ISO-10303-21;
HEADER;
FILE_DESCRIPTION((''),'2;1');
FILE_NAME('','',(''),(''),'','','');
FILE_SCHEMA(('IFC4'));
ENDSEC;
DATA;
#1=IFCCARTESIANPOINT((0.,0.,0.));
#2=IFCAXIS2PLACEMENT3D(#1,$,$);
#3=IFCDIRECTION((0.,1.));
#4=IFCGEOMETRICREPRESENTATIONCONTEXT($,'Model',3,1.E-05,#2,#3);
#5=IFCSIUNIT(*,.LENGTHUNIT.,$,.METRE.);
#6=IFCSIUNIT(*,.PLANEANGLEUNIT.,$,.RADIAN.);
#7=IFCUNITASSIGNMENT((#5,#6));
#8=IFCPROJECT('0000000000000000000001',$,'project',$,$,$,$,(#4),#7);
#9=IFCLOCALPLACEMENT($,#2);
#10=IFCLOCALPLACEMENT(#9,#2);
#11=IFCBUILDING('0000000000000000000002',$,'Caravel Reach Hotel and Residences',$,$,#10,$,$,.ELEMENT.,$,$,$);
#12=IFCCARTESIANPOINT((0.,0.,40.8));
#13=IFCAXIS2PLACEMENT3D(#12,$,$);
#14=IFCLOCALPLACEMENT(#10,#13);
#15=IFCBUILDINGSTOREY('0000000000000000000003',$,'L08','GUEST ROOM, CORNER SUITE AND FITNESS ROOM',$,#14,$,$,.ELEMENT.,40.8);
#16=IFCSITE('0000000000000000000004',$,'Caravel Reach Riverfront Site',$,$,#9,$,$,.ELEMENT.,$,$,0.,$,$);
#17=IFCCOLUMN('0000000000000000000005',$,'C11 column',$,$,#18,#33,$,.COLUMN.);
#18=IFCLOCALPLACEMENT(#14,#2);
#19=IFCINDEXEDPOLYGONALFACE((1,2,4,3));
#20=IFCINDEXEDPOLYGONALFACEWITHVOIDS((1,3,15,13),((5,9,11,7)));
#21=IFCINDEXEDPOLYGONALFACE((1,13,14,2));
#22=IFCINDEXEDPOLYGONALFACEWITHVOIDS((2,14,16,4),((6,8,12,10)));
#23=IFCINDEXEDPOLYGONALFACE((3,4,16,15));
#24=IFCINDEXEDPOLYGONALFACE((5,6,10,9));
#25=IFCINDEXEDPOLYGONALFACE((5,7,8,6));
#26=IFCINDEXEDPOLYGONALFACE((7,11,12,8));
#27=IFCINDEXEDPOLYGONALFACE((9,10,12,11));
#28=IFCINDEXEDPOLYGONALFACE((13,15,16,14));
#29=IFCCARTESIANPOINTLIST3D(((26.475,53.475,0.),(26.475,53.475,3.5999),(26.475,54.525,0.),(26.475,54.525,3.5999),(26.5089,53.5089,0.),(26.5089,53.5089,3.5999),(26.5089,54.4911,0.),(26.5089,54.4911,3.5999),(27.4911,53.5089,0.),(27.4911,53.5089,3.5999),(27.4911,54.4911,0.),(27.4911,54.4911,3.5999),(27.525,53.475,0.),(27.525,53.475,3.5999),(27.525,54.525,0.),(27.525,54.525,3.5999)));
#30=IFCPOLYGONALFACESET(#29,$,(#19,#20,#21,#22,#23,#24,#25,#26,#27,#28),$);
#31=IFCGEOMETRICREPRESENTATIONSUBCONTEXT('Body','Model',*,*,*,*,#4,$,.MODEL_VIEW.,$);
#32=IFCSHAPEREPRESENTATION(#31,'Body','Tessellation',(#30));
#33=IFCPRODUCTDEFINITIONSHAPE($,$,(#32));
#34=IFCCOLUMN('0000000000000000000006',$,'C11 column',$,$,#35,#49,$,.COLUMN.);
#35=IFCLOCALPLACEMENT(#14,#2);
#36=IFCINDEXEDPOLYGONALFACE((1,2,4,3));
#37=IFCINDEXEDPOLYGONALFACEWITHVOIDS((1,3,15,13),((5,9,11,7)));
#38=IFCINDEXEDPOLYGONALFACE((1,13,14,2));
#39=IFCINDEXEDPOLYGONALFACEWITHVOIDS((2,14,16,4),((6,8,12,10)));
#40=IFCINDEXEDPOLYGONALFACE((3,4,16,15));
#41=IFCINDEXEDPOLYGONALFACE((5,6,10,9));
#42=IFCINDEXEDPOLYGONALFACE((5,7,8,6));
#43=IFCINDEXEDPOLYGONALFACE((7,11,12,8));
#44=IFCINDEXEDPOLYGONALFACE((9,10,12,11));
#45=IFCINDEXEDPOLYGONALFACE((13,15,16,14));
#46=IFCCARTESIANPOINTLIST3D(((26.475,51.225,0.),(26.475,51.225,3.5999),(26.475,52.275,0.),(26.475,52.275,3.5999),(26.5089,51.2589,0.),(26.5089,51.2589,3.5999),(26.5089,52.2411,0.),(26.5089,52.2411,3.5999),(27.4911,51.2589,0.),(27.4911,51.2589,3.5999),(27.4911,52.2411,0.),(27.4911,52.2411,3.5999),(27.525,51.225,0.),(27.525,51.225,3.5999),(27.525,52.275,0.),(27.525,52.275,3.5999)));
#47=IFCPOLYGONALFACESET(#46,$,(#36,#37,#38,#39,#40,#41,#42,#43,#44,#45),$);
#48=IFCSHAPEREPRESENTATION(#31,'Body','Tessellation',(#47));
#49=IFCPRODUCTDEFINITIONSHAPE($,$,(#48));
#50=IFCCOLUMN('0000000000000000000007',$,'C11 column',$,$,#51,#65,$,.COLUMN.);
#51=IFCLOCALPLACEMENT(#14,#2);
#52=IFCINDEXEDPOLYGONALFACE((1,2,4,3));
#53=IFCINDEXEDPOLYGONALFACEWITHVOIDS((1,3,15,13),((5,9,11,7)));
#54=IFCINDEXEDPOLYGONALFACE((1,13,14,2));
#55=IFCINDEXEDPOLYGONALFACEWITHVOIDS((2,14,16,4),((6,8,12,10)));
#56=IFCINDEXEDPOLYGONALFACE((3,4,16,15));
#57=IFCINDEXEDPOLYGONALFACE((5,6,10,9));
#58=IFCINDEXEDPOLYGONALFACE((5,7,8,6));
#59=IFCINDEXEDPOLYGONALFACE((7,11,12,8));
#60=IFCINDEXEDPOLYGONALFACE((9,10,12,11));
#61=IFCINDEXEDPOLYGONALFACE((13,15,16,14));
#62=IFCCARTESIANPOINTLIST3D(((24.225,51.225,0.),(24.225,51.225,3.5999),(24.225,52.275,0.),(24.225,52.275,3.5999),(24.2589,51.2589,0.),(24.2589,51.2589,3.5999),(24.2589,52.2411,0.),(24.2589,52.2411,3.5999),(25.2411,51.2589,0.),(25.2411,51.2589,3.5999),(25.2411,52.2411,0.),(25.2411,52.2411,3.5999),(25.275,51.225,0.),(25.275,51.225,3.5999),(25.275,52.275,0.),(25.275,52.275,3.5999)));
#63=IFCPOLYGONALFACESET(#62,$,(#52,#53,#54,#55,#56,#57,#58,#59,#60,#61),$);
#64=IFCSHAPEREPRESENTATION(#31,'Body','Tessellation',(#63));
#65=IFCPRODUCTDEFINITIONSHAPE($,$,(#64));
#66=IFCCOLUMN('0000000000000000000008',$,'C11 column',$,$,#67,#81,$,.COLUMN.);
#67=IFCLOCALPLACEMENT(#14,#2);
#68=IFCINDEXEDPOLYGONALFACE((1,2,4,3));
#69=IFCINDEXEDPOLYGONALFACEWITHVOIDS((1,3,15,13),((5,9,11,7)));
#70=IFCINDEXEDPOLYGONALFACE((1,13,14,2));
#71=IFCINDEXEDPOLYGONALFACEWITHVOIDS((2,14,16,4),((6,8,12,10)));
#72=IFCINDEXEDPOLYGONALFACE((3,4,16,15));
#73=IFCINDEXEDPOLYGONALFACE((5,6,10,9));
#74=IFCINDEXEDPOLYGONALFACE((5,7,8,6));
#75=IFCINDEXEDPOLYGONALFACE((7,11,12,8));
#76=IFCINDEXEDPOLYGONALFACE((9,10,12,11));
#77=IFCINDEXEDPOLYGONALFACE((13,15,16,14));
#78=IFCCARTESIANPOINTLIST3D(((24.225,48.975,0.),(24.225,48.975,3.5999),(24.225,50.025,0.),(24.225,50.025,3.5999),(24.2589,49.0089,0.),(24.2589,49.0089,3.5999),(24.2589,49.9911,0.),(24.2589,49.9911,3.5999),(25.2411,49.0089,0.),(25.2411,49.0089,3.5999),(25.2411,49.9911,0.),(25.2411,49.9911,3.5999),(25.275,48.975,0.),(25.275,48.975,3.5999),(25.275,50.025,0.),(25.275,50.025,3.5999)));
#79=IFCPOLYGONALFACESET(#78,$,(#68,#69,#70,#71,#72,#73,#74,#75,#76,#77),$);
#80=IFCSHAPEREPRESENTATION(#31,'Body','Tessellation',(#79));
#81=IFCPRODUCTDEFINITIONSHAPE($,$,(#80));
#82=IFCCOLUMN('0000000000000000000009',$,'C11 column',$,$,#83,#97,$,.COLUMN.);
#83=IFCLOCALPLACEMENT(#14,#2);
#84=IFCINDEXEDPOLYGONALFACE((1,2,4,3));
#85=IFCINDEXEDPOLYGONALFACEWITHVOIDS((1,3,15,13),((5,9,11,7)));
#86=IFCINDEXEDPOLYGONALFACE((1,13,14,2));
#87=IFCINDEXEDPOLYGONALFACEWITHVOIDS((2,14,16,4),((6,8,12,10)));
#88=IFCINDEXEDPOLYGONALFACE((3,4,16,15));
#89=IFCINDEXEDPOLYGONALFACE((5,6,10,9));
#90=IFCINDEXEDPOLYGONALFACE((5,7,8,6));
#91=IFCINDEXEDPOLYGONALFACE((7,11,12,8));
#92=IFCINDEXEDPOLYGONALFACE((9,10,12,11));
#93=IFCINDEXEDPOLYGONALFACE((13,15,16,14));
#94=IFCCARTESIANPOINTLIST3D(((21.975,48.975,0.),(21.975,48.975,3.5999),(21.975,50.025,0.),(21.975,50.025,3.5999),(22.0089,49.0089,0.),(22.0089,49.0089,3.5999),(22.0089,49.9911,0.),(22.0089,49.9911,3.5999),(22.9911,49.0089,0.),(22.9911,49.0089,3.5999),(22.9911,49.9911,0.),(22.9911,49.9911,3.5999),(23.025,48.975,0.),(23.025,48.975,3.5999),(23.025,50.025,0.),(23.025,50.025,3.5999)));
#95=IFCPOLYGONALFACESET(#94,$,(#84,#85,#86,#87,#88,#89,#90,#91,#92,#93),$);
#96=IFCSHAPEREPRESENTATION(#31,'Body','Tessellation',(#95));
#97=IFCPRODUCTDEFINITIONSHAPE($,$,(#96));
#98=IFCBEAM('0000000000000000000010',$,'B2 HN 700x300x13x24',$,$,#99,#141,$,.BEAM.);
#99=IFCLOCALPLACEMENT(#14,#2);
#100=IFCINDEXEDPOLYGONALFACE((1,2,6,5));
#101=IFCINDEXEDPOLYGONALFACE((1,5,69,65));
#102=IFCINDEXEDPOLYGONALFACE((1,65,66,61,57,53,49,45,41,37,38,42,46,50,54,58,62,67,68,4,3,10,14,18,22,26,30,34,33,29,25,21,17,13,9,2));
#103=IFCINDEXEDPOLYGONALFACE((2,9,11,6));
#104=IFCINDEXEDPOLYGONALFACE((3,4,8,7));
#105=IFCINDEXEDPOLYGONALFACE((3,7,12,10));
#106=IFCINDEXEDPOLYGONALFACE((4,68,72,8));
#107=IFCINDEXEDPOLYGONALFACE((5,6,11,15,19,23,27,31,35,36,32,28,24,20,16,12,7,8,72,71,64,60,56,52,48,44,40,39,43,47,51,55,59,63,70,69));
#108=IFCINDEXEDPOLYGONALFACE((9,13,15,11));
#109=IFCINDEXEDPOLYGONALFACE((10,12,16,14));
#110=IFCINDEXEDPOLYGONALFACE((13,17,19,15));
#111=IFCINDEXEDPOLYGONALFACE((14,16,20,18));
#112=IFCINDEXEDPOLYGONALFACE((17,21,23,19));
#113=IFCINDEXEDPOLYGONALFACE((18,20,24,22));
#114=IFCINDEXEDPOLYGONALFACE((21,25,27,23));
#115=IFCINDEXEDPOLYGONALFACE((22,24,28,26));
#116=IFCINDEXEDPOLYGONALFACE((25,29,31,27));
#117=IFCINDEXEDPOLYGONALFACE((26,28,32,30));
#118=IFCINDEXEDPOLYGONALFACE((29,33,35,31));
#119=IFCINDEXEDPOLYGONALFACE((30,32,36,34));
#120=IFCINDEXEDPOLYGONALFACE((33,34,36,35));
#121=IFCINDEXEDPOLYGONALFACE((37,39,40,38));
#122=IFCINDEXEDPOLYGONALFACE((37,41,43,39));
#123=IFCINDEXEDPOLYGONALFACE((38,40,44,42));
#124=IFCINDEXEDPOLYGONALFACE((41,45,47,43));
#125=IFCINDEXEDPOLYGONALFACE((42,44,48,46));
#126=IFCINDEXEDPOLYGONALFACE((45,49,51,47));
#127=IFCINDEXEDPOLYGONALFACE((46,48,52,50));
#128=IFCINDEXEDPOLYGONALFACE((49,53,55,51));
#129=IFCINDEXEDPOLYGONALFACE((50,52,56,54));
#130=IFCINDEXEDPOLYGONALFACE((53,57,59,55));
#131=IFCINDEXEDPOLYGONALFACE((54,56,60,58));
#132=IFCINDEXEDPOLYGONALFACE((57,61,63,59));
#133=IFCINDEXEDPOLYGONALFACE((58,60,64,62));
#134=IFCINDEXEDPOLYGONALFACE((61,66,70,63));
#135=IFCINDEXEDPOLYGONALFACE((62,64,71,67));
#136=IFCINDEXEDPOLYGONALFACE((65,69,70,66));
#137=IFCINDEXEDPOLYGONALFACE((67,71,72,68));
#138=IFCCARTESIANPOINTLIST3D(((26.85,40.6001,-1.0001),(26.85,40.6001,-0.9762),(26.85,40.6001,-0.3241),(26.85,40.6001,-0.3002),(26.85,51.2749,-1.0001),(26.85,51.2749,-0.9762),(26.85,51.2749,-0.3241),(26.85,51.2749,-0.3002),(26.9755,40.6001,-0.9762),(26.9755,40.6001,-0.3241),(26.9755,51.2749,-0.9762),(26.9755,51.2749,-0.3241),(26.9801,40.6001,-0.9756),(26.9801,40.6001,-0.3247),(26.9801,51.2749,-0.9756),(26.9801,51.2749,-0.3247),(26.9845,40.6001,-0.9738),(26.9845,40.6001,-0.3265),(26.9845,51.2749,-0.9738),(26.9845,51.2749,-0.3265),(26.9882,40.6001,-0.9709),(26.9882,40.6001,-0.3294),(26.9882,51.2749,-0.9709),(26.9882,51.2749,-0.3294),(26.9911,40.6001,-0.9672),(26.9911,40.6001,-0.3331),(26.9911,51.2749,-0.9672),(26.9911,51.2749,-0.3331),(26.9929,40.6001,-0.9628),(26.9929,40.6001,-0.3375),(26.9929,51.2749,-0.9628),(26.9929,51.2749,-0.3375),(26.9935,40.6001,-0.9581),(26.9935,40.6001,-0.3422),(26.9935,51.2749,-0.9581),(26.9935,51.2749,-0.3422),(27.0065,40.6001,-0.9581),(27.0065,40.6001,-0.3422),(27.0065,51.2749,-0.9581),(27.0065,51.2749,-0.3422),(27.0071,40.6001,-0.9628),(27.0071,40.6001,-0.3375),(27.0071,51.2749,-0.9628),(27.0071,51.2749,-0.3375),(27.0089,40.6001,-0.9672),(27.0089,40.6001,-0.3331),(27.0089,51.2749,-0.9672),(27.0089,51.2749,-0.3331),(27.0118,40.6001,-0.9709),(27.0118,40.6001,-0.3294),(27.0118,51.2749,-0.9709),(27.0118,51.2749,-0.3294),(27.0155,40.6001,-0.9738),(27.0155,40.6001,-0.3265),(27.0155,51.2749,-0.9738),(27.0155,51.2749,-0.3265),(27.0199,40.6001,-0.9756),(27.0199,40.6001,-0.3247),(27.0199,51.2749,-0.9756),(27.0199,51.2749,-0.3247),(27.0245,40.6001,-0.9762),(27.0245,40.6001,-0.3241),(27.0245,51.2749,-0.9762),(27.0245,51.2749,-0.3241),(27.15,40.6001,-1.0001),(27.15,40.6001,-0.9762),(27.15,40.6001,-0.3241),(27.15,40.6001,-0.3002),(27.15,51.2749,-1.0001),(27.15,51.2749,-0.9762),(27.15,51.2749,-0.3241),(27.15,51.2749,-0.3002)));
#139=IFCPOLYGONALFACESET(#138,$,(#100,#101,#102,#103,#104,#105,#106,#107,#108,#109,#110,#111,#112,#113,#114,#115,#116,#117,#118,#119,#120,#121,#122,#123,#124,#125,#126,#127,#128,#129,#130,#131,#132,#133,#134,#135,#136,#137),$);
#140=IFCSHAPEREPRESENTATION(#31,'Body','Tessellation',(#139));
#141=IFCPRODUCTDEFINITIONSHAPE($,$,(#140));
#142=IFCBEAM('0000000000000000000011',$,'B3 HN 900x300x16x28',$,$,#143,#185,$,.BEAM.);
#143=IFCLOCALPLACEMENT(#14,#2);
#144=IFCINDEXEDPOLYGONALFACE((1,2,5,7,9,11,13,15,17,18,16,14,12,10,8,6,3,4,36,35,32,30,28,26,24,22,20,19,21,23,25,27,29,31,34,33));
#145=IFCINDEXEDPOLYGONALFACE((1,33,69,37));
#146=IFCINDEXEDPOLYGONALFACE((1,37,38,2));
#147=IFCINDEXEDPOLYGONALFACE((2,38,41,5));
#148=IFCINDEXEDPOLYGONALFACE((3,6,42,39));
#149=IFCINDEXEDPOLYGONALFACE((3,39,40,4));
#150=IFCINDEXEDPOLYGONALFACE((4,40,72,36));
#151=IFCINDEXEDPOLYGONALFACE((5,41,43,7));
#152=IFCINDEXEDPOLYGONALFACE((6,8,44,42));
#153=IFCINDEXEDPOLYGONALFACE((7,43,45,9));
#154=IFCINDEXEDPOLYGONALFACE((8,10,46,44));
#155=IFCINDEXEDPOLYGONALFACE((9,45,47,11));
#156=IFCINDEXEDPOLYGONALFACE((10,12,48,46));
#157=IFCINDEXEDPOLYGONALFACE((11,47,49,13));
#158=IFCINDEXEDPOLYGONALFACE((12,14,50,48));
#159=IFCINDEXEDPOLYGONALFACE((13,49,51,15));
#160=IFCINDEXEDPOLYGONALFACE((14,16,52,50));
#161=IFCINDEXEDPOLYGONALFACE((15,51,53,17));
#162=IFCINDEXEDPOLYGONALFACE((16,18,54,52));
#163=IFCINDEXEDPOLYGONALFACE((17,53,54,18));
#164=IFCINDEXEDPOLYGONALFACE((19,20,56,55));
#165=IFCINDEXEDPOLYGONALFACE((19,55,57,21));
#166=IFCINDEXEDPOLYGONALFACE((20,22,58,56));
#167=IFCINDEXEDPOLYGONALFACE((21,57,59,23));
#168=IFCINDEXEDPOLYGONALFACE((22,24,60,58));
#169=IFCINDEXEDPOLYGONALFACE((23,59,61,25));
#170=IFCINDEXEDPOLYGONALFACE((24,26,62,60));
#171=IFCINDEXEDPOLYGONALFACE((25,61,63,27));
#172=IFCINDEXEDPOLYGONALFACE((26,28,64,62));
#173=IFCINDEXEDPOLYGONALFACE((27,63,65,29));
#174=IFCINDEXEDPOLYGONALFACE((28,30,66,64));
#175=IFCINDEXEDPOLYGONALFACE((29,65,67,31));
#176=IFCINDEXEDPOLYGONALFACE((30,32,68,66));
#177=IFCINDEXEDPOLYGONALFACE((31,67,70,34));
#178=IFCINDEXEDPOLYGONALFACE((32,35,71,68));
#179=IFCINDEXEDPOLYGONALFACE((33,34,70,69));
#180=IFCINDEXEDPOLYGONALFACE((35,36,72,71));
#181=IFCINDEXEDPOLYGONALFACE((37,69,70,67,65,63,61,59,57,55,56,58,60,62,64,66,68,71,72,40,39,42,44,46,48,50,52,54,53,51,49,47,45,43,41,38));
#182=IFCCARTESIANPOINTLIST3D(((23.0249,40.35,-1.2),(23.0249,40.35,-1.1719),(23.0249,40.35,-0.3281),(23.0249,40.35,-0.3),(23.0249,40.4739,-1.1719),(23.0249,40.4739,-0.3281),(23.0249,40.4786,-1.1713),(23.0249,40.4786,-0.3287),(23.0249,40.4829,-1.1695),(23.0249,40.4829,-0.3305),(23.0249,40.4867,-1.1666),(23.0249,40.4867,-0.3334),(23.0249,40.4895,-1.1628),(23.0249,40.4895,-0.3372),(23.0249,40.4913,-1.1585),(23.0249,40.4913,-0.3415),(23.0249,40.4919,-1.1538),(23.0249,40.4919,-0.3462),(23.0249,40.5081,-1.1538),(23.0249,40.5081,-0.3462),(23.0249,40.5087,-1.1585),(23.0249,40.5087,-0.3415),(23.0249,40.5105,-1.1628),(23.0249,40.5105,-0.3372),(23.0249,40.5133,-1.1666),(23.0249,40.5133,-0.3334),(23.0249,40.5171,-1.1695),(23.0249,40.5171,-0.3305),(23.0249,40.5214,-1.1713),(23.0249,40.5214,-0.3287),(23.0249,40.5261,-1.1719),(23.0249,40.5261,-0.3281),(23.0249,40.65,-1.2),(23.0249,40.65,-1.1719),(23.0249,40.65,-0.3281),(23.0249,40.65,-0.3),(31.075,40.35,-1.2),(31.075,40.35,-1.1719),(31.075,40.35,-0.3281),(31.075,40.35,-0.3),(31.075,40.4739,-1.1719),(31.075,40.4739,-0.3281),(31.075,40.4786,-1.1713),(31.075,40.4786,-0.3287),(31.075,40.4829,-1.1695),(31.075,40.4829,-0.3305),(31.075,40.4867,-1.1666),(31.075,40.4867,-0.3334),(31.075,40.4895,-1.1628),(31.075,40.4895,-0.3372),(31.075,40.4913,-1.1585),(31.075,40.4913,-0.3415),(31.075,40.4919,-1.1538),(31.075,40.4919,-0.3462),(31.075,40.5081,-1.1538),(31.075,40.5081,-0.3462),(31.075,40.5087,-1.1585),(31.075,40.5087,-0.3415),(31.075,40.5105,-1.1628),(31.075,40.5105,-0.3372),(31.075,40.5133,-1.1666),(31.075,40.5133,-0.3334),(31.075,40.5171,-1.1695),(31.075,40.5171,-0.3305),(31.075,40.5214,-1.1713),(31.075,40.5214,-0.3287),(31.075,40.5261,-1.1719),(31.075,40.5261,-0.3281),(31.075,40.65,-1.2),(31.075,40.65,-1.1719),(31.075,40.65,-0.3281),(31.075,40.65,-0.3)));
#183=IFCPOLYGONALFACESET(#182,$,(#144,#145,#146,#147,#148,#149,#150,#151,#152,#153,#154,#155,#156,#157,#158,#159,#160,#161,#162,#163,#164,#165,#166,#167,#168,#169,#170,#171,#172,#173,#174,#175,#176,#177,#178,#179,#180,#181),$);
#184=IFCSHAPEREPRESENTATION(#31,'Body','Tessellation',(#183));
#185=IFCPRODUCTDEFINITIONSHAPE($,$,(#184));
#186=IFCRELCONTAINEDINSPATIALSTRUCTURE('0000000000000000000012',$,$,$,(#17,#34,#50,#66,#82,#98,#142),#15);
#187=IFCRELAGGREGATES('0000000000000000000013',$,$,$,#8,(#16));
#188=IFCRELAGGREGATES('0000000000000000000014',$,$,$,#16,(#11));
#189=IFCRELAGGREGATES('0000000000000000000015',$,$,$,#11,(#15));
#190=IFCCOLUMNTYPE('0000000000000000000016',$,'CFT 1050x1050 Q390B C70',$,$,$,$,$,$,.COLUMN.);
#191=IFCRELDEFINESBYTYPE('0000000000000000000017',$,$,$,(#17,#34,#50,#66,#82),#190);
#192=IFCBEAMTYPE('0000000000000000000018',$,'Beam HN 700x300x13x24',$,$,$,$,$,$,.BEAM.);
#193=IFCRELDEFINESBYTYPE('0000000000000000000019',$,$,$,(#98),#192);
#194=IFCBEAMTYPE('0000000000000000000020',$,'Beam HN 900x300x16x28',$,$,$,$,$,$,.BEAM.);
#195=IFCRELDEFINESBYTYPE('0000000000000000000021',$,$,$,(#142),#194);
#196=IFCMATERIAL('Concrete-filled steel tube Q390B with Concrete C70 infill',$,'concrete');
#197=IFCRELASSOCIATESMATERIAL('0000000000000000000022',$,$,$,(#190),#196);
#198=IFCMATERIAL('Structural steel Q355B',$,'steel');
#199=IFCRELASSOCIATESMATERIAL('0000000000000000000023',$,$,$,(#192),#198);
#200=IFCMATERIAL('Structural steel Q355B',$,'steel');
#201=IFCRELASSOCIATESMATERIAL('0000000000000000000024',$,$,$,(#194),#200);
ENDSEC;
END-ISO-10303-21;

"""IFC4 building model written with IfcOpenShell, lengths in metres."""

from ifc_helpers import new_model, si_unit, direction, frame, origin, origin_2d, place, context, subcontext, project, spatial, hollow_rectangle, i_section, extrude, material, material_profile, profile_set, type_object, element, save


model = new_model("IFC4")

# Units and contexts
model_context = context("Model", 3, precision=1e-05, world=origin(), true_north=direction((0.0, 1.0)))
body_context = subcontext(model_context, "Body", "Model", "MODEL_VIEW")
ifc_project = project(units=[si_unit("LENGTHUNIT", "METRE"), si_unit("PLANEANGLEUNIT", "RADIAN")], contexts=[model_context])

# Site, building, storey
site_placement = place(None, origin())
site = spatial("IfcSite", under=ifc_project, at=site_placement, Name="Caravel Reach Riverfront Site", CompositionType="ELEMENT", RefElevation=0.0)
building_placement = place(site_placement, origin())
building = spatial("IfcBuilding", under=site, at=building_placement, Name="Caravel Reach Hotel and Residences", CompositionType="ELEMENT")
storey_placement = place(building_placement, frame((0.0, 0.0, 40.8)))
storey = spatial("IfcBuildingStorey", under=building, at=storey_placement, Name="L08", Description="GUEST ROOM, CORNER SUITE AND FITNESS ROOM", CompositionType="ELEMENT", Elevation=40.8)

# Columns
ifc_material_1 = material(Name="Concrete-filled steel tube Q390B with Concrete C70 infill", Category="concrete")
ifc_material_profile_1 = material_profile(ifc_material_1, hollow_rectangle(XDim=1.05, YDim=1.05, WallThickness=0.0339, at=origin_2d()), Name="RHS 1050x1050x34")
ifc_profile_set_1 = profile_set([ifc_material_profile_1], Name="Concrete-filled steel tube Q390B with Concrete C70 infill")
column_type = type_object("IfcColumnType", Name="CFT 1050x1050 Q390B C70", PredefinedType="COLUMN", material=ifc_profile_set_1)
for number, where, z_axis, x_axis, name in (
    (1, (27.0, 54.0, 0.0), (0.0, 0.0, 1.0), (1.0, 0.0, 0.0), "C11 column"),
    (2, (27.0, 51.75, 0.0), (0.0, 0.0, 1.0), (1.0, 0.0, 0.0), "C11 column"),
    (3, (24.75, 51.75, 0.0), (0.0, 0.0, 1.0), (1.0, 0.0, 0.0), "C11 column"),
    (4, (24.75, 49.5, 0.0), (0.0, 0.0, 1.0), (1.0, 0.0, 0.0), "C11 column"),
    (5, (22.5, 49.5, 0.0), (0.0, 0.0, 1.0), (1.0, 0.0, 0.0), "C11 column"),
):
    element("IfcColumn", number, at=place(storey_placement, frame(where, z_axis=z_axis, x_axis=x_axis)), inside=storey, type_object=column_type, Name=name, PredefinedType="COLUMN", context=body_context, shape_type="SweptSolid", body=[
        extrude(hollow_rectangle(XDim=1.05, YDim=1.05, WallThickness=0.0339, at=origin_2d()), origin(), (0.0, 0.0, 1.0), 3.5999),
    ])

# Beams
ifc_material_2 = material(Name="Structural steel Q355B", Category="steel")
ifc_material_profile_2 = material_profile(ifc_material_2, i_section(OverallWidth=0.3, OverallDepth=0.7, WebThickness=0.0129, FlangeThickness=0.0239, FilletRadius=0.0181, at=origin_2d()), Name="HN 700x300x13x24")
ifc_profile_set_2 = profile_set([ifc_material_profile_2], Name="Structural steel Q355B")
beam_type_1 = type_object("IfcBeamType", Name="Beam HN 700x300x13x24", PredefinedType="BEAM", material=ifc_profile_set_2)
beam_1_placement = place(storey_placement, frame((27.0, 40.6001, -0.6501), z_axis=(0.0, 1.0, 0.0), x_axis=(-1.0, 0.0, 0.0)))
element("IfcBeam", 6, at=beam_1_placement, inside=storey, type_object=beam_type_1, Name="B2 HN 700x300x13x24", PredefinedType="BEAM", context=body_context, shape_type="SweptSolid", body=[
    extrude(i_section(OverallWidth=0.3, OverallDepth=0.7, WebThickness=0.0129, FlangeThickness=0.0239, FilletRadius=0.0181, at=origin_2d()), origin(), (0.0, 0.0, 1.0), 10.6748),
])
ifc_material_3 = material(Name="Structural steel Q355B", Category="steel")
ifc_material_profile_3 = material_profile(ifc_material_3, i_section(OverallWidth=0.3, OverallDepth=0.8999, WebThickness=0.0161, FlangeThickness=0.0281, FilletRadius=0.0181, at=origin_2d()), Name="HN 900x300x16x28")
ifc_profile_set_3 = profile_set([ifc_material_profile_3], Name="Structural steel Q355B")
beam_type_2 = type_object("IfcBeamType", Name="Beam HN 900x300x16x28", PredefinedType="BEAM", material=ifc_profile_set_3)
beam_2_placement = place(storey_placement, frame((23.0249, 40.5, -0.75), z_axis=(1.0, 0.0, 0.0), x_axis=(0.0, 1.0, 0.0)))
element("IfcBeam", 7, at=beam_2_placement, inside=storey, type_object=beam_type_2, Name="B3 HN 900x300x16x28", PredefinedType="BEAM", context=body_context, shape_type="SweptSolid", body=[
    extrude(i_section(OverallWidth=0.3, OverallDepth=0.8999, WebThickness=0.0161, FlangeThickness=0.0281, FilletRadius=0.0181, at=origin_2d()), origin(), (0.0, 0.0, 1.0), 8.05),
])

save(model, "model.ifc")
